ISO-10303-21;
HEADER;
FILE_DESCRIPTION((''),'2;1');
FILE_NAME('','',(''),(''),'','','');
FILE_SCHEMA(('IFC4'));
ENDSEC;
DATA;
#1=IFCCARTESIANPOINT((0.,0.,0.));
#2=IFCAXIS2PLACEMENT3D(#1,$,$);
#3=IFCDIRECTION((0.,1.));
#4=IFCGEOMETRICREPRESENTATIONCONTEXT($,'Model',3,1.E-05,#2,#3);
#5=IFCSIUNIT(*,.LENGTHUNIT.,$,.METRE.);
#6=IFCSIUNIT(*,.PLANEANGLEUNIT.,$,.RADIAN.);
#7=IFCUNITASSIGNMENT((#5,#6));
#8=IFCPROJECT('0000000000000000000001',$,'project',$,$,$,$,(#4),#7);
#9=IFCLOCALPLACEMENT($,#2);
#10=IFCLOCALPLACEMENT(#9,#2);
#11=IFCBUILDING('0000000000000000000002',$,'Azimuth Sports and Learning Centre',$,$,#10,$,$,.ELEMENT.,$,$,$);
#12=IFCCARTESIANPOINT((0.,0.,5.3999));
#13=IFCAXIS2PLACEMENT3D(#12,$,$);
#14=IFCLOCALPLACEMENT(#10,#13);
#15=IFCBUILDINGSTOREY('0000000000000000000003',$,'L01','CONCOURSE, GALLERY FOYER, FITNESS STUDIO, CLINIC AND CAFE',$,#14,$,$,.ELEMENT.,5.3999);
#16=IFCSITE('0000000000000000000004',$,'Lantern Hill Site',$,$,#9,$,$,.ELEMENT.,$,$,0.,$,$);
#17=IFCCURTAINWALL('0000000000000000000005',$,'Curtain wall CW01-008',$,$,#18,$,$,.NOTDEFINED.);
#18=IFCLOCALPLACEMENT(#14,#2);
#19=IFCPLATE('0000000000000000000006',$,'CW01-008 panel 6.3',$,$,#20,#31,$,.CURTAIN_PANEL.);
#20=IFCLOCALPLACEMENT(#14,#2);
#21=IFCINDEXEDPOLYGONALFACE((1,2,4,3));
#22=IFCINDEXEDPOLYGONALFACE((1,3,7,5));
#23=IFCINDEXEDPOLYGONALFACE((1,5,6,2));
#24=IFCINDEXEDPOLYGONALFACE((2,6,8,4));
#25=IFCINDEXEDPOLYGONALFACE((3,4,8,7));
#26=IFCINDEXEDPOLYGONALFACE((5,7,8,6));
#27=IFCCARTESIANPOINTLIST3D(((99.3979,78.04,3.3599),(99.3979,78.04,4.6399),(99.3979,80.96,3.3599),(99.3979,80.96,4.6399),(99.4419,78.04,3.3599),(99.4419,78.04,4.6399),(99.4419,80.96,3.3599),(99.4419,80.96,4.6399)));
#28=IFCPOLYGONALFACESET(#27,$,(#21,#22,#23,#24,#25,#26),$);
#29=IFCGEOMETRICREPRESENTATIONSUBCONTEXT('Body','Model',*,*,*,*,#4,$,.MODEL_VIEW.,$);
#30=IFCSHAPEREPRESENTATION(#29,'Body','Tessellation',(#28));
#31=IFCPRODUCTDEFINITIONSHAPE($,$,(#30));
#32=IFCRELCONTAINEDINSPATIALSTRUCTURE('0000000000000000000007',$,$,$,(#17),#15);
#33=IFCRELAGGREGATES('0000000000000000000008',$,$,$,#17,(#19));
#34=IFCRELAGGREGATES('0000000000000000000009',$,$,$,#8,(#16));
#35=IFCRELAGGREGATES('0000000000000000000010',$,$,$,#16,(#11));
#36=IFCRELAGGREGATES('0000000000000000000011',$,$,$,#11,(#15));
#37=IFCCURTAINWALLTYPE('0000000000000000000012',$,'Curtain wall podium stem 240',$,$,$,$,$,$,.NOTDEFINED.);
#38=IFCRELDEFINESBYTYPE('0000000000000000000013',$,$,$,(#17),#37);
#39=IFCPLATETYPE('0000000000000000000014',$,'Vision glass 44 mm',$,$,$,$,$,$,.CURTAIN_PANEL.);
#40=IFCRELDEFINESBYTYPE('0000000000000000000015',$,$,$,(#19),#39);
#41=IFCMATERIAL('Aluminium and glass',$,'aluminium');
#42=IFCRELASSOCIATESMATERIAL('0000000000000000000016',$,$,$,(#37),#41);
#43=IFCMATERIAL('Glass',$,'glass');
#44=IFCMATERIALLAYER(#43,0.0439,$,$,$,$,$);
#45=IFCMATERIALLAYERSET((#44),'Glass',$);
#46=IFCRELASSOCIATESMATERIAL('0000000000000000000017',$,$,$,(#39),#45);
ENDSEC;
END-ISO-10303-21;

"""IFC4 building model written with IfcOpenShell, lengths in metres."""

from ifc_helpers import new_model, si_unit, direction, frame, origin, origin_2d, place, context, subcontext, project, spatial, rectangle, extrude, material, layer, layer_set, type_object, element, aggregate, save


model = new_model("IFC4")

# Units and contexts
model_context = context("Model", 3, precision=1e-05, world=origin(), true_north=direction((0.0, 1.0)))
body_context = subcontext(model_context, "Body", "Model", "MODEL_VIEW")
ifc_project = project(units=[si_unit("LENGTHUNIT", "METRE"), si_unit("PLANEANGLEUNIT", "RADIAN")], contexts=[model_context])

# Site, building, storey
site_placement = place(None, origin())
site = spatial("IfcSite", under=ifc_project, at=site_placement, Name="Lantern Hill Site", CompositionType="ELEMENT", RefElevation=0.0)
building_placement = place(site_placement, origin())
building = spatial("IfcBuilding", under=site, at=building_placement, Name="Azimuth Sports and Learning Centre", CompositionType="ELEMENT")
storey_placement = place(building_placement, frame((0.0, 0.0, 5.3999)))
storey = spatial("IfcBuildingStorey", under=building, at=storey_placement, Name="L01", Description="CONCOURSE, GALLERY FOYER, FITNESS STUDIO, CLINIC AND CAFE", CompositionType="ELEMENT", Elevation=5.3999)

# Curtain wall, plate
ifc_material_1 = material(Name="Aluminium and glass", Category="aluminium")
curtain_wall_type = type_object("IfcCurtainWallType", Name="Curtain wall podium stem 240", PredefinedType="NOTDEFINED", material=ifc_material_1)
curtain_wall_placement = place(storey_placement, origin())
curtain_wall = element("IfcCurtainWall", 1, at=curtain_wall_placement, inside=storey, type_object=curtain_wall_type, Name="Curtain wall CW01-008", PredefinedType="NOTDEFINED")
ifc_material_2 = material(Name="Glass", Category="glass")
ifc_layer_1 = layer(ifc_material_2, 0.0439)
ifc_layer_set_1 = layer_set([ifc_layer_1], Name="Glass")
plate_type_1 = type_object("IfcPlateType", Name="Vision glass 44 mm", PredefinedType="CURTAIN_PANEL", material=ifc_layer_set_1)
plate_1_placement = place(storey_placement, frame((99.4199, 79.5, 3.3599), z_axis=(0.0, 0.0, 1.0), x_axis=(0.0, 1.0, 0.0)))
plate_1 = element("IfcPlate", 2, at=plate_1_placement, type_object=plate_type_1, Name="CW01-008 panel 6.3", PredefinedType="CURTAIN_PANEL", context=body_context, shape_type="SweptSolid", body=[
    extrude(rectangle(XDim=2.9199, YDim=0.0439, at=origin_2d()), origin(), (0.0, 0.0, 1.0), 1.28),
])
aggregate(curtain_wall, [plate_1])

save(model, "model.ifc")
